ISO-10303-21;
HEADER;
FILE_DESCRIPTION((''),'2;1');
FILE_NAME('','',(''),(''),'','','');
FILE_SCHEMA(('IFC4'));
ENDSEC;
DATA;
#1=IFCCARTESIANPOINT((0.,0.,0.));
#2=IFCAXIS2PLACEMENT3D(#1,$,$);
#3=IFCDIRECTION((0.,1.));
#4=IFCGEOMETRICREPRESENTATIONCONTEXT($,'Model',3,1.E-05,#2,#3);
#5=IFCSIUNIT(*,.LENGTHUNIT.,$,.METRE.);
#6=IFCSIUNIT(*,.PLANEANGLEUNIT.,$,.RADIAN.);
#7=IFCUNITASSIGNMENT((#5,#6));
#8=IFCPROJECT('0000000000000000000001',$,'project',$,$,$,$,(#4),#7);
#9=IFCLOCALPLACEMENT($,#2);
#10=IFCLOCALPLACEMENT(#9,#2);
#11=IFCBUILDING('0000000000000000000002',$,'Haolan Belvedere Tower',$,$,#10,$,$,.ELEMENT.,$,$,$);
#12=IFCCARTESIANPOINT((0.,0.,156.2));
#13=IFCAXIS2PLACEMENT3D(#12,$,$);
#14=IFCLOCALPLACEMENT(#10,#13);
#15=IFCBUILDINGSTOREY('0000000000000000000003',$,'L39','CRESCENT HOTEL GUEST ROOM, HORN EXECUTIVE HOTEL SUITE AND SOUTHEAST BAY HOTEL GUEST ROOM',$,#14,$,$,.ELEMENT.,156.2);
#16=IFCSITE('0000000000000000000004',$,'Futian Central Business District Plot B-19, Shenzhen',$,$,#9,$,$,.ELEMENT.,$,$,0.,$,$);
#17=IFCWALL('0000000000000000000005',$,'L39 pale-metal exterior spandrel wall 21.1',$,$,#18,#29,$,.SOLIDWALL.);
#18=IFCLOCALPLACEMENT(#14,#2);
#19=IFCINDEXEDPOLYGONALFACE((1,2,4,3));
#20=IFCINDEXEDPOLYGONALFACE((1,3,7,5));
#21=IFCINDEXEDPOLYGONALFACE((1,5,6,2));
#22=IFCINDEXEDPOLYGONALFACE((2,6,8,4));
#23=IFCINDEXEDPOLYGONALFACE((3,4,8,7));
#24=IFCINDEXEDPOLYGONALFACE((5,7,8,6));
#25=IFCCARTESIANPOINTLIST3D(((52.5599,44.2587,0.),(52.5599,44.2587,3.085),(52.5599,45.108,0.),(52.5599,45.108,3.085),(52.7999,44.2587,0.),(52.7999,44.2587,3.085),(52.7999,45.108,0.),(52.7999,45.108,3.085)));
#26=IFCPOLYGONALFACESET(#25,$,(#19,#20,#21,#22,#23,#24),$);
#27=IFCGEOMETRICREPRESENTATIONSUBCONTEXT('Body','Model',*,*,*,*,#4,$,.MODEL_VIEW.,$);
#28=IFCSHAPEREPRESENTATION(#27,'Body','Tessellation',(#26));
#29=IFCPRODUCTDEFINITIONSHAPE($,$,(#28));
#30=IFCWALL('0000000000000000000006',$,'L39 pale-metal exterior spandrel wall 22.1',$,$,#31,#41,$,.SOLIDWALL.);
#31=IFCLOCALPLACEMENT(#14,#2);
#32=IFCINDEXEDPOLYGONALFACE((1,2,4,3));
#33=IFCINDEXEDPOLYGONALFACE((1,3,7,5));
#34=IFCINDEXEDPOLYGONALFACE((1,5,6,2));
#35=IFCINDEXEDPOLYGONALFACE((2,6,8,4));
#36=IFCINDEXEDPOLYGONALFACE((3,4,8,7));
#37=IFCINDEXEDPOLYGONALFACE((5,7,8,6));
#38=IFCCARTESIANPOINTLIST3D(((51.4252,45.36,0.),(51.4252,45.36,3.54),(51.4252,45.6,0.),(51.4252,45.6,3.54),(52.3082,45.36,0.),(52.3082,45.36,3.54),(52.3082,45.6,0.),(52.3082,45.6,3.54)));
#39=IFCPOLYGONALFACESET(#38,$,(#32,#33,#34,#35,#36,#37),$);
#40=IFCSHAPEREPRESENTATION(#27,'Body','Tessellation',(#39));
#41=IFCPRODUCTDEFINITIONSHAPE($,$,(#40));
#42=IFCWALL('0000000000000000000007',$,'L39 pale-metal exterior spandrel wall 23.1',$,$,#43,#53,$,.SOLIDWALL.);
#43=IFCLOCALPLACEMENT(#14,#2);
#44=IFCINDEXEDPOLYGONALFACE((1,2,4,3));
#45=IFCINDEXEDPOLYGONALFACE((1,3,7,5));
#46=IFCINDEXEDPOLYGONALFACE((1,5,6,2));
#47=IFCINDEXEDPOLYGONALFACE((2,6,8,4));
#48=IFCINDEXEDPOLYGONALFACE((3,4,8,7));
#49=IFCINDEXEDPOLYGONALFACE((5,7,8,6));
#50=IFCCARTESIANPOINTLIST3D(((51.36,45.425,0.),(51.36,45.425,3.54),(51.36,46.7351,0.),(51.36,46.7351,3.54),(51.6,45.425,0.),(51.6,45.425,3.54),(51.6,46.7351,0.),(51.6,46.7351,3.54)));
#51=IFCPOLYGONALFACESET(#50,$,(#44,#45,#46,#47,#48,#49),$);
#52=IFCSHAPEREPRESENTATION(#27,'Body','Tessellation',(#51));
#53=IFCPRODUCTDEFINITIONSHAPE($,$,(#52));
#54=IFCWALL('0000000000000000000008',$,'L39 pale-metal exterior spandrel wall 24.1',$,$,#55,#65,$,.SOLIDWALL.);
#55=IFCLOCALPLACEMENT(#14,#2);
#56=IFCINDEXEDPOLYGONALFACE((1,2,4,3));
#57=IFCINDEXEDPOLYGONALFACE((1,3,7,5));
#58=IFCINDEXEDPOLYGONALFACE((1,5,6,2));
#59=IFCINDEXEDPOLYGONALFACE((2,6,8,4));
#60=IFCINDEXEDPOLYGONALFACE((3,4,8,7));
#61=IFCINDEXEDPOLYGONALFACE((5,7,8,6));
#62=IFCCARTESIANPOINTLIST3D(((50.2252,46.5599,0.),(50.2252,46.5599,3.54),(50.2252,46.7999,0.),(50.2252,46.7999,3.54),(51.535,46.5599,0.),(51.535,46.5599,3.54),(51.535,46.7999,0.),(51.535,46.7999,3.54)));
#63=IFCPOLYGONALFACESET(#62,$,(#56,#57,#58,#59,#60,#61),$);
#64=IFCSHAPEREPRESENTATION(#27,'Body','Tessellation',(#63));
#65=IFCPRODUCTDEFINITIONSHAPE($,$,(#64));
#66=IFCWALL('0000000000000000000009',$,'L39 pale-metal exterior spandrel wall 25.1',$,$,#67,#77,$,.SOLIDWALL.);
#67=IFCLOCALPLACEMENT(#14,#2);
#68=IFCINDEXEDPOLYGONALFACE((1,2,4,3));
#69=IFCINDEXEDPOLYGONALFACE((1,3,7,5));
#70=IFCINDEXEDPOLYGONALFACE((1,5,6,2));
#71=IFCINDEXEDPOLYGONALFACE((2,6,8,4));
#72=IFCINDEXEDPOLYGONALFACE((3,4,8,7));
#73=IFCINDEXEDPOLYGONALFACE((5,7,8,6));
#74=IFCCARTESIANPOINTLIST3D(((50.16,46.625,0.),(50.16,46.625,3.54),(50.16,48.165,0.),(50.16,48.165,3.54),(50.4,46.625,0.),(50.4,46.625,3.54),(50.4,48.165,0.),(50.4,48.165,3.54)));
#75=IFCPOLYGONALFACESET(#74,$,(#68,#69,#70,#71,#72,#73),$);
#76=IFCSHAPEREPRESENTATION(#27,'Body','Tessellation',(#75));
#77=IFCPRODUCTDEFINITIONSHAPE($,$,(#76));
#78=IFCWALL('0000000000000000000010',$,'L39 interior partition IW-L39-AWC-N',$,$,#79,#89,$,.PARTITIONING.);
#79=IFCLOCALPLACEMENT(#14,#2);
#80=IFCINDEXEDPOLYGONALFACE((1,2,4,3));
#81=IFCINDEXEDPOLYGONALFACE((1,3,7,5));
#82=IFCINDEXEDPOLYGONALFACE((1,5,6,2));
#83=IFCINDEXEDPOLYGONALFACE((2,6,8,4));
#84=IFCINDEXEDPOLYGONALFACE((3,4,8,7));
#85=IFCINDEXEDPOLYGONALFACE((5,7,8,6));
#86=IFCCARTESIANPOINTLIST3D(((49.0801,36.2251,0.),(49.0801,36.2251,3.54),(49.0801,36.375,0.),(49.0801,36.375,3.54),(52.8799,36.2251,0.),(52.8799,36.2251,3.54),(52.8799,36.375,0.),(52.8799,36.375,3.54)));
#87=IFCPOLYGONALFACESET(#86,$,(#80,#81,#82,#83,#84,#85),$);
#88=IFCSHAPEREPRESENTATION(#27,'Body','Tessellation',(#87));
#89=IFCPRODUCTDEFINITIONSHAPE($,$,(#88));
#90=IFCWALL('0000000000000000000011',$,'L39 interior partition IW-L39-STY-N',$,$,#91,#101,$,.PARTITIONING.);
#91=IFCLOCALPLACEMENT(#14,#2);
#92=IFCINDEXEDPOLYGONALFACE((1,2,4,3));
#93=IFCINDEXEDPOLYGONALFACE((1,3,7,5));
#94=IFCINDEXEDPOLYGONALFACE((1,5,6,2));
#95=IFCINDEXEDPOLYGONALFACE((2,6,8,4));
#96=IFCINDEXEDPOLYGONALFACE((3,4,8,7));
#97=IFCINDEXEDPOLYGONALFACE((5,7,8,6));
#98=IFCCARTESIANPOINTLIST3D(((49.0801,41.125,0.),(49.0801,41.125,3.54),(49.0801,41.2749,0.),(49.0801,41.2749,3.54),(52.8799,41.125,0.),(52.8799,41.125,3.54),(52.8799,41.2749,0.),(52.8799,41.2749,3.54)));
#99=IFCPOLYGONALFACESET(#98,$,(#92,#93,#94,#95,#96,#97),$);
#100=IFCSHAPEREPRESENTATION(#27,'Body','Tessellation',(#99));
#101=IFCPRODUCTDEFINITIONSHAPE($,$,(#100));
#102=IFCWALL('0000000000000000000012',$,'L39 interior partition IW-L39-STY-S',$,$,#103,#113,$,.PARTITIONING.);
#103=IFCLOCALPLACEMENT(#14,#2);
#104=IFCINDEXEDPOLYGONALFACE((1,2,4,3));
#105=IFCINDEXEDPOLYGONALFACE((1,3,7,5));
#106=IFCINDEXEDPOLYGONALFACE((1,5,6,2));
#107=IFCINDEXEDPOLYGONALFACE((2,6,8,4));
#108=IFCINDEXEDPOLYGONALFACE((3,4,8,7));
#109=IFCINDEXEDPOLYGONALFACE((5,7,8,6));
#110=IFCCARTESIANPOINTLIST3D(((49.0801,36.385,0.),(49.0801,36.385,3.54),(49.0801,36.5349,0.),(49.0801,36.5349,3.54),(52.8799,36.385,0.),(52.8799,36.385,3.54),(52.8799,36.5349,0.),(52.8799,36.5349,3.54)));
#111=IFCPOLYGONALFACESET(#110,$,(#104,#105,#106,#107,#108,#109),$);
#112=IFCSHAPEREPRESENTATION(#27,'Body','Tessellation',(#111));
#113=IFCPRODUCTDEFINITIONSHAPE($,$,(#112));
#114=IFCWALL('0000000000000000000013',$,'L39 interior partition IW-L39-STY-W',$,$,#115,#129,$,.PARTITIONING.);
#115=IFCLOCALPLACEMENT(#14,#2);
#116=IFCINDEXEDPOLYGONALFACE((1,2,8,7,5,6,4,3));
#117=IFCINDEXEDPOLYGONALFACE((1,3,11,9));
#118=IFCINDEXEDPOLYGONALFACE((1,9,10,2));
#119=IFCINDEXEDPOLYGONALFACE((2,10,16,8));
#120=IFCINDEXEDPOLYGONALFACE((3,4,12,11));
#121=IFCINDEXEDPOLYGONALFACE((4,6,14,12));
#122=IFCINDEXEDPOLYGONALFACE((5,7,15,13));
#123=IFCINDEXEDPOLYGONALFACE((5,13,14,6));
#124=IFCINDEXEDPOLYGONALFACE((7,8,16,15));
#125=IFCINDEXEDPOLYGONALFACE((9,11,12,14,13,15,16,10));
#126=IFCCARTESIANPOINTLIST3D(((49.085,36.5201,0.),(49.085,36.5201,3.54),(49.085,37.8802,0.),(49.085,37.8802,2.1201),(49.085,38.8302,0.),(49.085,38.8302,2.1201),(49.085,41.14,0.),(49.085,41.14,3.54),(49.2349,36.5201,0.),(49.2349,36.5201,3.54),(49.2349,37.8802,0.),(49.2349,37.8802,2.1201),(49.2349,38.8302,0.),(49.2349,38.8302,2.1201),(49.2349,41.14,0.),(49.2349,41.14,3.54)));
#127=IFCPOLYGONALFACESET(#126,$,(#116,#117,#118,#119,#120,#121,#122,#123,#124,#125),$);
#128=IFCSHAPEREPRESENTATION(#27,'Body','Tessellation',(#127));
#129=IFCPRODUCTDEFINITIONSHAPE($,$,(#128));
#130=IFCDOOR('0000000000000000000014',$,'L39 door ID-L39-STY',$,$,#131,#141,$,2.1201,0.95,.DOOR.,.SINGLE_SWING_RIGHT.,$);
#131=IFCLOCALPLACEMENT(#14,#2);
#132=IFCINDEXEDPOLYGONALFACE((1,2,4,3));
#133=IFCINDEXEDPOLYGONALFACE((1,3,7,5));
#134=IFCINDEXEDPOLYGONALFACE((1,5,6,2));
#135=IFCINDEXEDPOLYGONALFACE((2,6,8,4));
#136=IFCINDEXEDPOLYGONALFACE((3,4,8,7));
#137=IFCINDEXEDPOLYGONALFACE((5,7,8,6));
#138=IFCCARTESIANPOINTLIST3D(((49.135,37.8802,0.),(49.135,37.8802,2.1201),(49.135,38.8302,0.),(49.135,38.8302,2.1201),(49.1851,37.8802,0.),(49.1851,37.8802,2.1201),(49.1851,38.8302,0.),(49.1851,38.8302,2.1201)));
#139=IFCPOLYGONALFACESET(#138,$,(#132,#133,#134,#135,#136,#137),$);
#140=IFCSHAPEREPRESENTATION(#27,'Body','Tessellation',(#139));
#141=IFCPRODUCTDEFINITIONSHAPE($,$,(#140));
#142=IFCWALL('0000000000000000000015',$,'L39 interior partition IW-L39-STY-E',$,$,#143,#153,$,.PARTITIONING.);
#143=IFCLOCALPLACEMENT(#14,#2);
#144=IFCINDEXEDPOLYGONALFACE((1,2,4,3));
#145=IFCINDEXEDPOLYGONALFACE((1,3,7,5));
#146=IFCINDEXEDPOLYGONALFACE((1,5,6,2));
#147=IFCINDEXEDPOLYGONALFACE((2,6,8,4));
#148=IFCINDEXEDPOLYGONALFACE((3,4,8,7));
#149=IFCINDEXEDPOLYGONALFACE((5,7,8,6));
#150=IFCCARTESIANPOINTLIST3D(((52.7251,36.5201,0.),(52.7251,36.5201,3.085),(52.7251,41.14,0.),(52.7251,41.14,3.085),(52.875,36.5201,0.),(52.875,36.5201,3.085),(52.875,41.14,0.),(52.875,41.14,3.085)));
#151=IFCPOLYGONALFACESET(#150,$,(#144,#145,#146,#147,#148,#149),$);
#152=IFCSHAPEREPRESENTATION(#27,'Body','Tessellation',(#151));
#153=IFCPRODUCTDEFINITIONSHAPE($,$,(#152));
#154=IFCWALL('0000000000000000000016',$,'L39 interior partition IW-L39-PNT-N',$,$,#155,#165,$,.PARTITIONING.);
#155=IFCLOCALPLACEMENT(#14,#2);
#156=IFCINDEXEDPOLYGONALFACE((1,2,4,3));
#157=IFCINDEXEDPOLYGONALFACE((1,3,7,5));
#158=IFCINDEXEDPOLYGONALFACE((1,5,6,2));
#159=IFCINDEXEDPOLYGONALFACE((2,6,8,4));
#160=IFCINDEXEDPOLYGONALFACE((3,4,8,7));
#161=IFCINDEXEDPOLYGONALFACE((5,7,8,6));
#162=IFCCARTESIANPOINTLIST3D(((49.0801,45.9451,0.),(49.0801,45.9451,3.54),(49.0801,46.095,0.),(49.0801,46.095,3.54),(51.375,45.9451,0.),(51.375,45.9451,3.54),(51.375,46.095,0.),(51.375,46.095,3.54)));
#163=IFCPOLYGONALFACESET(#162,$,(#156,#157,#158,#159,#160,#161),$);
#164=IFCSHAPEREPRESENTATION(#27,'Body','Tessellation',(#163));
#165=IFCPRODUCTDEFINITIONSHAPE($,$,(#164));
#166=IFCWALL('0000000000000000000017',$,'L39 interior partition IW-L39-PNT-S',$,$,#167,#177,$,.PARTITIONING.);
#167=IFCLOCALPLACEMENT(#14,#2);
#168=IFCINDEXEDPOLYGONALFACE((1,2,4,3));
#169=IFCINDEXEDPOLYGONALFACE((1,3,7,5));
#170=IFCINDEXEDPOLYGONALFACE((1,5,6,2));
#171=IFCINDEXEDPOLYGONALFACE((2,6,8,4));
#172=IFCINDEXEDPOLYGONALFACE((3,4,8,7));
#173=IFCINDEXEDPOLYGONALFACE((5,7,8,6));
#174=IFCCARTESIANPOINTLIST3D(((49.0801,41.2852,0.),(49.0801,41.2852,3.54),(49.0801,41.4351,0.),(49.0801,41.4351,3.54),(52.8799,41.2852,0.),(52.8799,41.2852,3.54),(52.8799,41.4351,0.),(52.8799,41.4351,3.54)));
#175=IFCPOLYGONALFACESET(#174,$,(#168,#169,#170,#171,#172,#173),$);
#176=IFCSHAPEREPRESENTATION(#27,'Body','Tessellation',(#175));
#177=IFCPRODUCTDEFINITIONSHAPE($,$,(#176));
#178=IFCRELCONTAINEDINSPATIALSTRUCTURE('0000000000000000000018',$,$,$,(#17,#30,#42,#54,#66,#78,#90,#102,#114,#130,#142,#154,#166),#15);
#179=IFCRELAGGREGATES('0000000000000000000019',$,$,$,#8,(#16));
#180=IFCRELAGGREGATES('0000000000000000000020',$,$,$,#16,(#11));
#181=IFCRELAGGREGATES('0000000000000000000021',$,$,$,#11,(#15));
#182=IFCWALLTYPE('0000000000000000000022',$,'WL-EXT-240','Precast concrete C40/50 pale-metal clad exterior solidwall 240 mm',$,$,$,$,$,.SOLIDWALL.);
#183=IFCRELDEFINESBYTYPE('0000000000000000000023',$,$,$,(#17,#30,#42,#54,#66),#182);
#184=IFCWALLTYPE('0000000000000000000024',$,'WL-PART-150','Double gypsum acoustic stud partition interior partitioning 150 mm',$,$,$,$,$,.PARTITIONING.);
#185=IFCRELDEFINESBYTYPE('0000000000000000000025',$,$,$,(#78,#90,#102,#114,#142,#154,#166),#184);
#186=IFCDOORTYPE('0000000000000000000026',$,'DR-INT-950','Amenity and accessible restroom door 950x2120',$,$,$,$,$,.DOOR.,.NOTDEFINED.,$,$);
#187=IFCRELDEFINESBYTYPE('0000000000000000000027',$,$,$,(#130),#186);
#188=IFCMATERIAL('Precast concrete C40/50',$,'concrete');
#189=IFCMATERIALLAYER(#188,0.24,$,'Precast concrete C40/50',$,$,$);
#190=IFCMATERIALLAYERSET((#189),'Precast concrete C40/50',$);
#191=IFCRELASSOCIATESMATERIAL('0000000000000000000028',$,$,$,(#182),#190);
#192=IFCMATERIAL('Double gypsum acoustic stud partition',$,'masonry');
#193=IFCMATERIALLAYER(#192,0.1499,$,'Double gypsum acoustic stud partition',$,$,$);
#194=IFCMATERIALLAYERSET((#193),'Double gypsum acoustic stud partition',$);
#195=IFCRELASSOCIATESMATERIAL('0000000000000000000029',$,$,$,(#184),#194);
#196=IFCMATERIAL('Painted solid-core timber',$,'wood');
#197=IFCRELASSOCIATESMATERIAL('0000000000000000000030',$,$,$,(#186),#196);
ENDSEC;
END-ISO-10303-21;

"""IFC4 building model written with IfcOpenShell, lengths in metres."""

from ifc_helpers import new_model, si_unit, direction, frame, frame_2d, origin, place, context, subcontext, project, spatial, rectangle, extrude, material, layer, layer_set, type_object, element, fill, save


model = new_model("IFC4")

# Units and contexts
model_context = context("Model", 3, precision=1e-05, world=origin(), true_north=direction((0.0, 1.0)))
body_context = subcontext(model_context, "Body", "Model", "MODEL_VIEW")
ifc_project = project(units=[si_unit("LENGTHUNIT", "METRE"), si_unit("PLANEANGLEUNIT", "RADIAN")], contexts=[model_context])

# Site, building, storey
site_placement = place(None, origin())
site = spatial("IfcSite", under=ifc_project, at=site_placement, Name="Futian Central Business District Plot B-19, Shenzhen", CompositionType="ELEMENT", RefElevation=0.0)
building_placement = place(site_placement, origin())
building = spatial("IfcBuilding", under=site, at=building_placement, Name="Haolan Belvedere Tower", CompositionType="ELEMENT")
storey_placement = place(building_placement, frame((0.0, 0.0, 156.2)))
storey = spatial("IfcBuildingStorey", under=building, at=storey_placement, Name="L39", Description="CRESCENT HOTEL GUEST ROOM, HORN EXECUTIVE HOTEL SUITE AND SOUTHEAST BAY HOTEL GUEST ROOM", CompositionType="ELEMENT", Elevation=156.2)

# Walls
ifc_material_1 = material(Name="Precast concrete C40/50", Category="concrete")
ifc_layer_1 = layer(ifc_material_1, 0.24, Name="Precast concrete C40/50")
ifc_layer_set_1 = layer_set([ifc_layer_1], Name="Precast concrete C40/50")
wall_type_1 = type_object("IfcWallType", Name="WL-EXT-240", Description="Precast concrete C40/50 pale-metal clad exterior solidwall 240 mm", PredefinedType="SOLIDWALL", material=ifc_layer_set_1)
wall_1_placement = place(storey_placement, frame((52.6799, 44.2585, 0.0), z_axis=(0.0, 0.0, 1.0), x_axis=(0.0, 1.0, 0.0)))
element("IfcWall", 1, at=wall_1_placement, inside=storey, type_object=wall_type_1, Name="L39 pale-metal exterior spandrel wall 21.1", PredefinedType="SOLIDWALL", context=body_context, shape_type="SweptSolid", body=[
    extrude(rectangle(XDim=0.8494, YDim=0.24, at=frame_2d((0.4248, 0.0))), origin(), (0.0, 0.0, 1.0), 3.085),
])
wall_2_placement = place(storey_placement, frame((52.3081, 45.48, 0.0), z_axis=(0.0, 0.0, 1.0), x_axis=(-1.0, 0.0, 0.0)))
element("IfcWall", 2, at=wall_2_placement, inside=storey, type_object=wall_type_1, Name="L39 pale-metal exterior spandrel wall 22.1", PredefinedType="SOLIDWALL", context=body_context, shape_type="SweptSolid", body=[
    extrude(rectangle(XDim=0.8831, YDim=0.24, at=frame_2d((0.4414, 0.0))), origin(), (0.0, 0.0, 1.0), 3.54),
])
wall_3_placement = place(storey_placement, frame((51.48, 45.425, 0.0), z_axis=(0.0, 0.0, 1.0), x_axis=(0.0, 1.0, 0.0)))
element("IfcWall", 3, at=wall_3_placement, inside=storey, type_object=wall_type_1, Name="L39 pale-metal exterior spandrel wall 23.1", PredefinedType="SOLIDWALL", context=body_context, shape_type="SweptSolid", body=[
    extrude(rectangle(XDim=1.3101, YDim=0.24, at=frame_2d((0.655, 0.0))), origin(), (0.0, 0.0, 1.0), 3.54),
])
wall_4_placement = place(storey_placement, frame((51.5349, 46.6799, 0.0), z_axis=(0.0, 0.0, 1.0), x_axis=(-1.0, 0.0, 0.0)))
element("IfcWall", 4, at=wall_4_placement, inside=storey, type_object=wall_type_1, Name="L39 pale-metal exterior spandrel wall 24.1", PredefinedType="SOLIDWALL", context=body_context, shape_type="SweptSolid", body=[
    extrude(rectangle(XDim=1.3098, YDim=0.24, at=frame_2d((0.6548, 0.0))), origin(), (0.0, 0.0, 1.0), 3.54),
])
wall_5_placement = place(storey_placement, frame((50.28, 46.625, 0.0), z_axis=(0.0, 0.0, 1.0), x_axis=(0.0, 1.0, 0.0)))
element("IfcWall", 5, at=wall_5_placement, inside=storey, type_object=wall_type_1, Name="L39 pale-metal exterior spandrel wall 25.1", PredefinedType="SOLIDWALL", context=body_context, shape_type="SweptSolid", body=[
    extrude(rectangle(XDim=1.54, YDim=0.24, at=frame_2d((0.77, 0.0))), origin(), (0.0, 0.0, 1.0), 3.54),
])
ifc_material_2 = material(Name="Double gypsum acoustic stud partition", Category="masonry")
ifc_layer_2 = layer(ifc_material_2, 0.1499, Name="Double gypsum acoustic stud partition")
ifc_layer_set_2 = layer_set([ifc_layer_2], Name="Double gypsum acoustic stud partition")
wall_type_2 = type_object("IfcWallType", Name="WL-PART-150", Description="Double gypsum acoustic stud partition interior partitioning 150 mm", PredefinedType="PARTITIONING", material=ifc_layer_set_2)
for number, where, z_axis, x_axis, name in (
    (6, (49.0801, 36.3, 0.0), (0.0, 0.0, 1.0), (1.0, 0.0, 0.0), "L39 interior partition IW-L39-AWC-N"),
    (7, (49.0801, 41.2, 0.0), (0.0, 0.0, 1.0), (1.0, 0.0, 0.0), "L39 interior partition IW-L39-STY-N"),
    (8, (49.0801, 36.46, 0.0), (0.0, 0.0, 1.0), (1.0, 0.0, 0.0), "L39 interior partition IW-L39-STY-S"),
):
    element("IfcWall", number, at=place(storey_placement, frame(where, z_axis=z_axis, x_axis=x_axis)), inside=storey, type_object=wall_type_2, Name=name, PredefinedType="PARTITIONING", context=body_context, shape_type="SweptSolid", body=[
        extrude(rectangle(XDim=3.7998, YDim=0.1499, at=frame_2d((1.8999, 0.0))), origin(), (0.0, 0.0, 1.0), 3.54),
    ])

# Wall, opening, door
wall_6_placement = place(storey_placement, frame((49.1599, 36.52, 0.0), z_axis=(0.0, 0.0, 1.0), x_axis=(0.0, 1.0, 0.0)))
wall_6 = element("IfcWall", 9, at=wall_6_placement, inside=storey, type_object=wall_type_2, Name="L39 interior partition IW-L39-STY-W", PredefinedType="PARTITIONING", context=body_context, shape_type="SweptSolid", body=[
    extrude(rectangle(XDim=4.6199, YDim=0.1499, at=frame_2d((2.3101, 0.0))), origin(), (0.0, 0.0, 1.0), 3.54),
])
opening_1_placement = place(wall_6_placement, frame((1.3601, 0.0, 0.0)))
opening_1 = element("IfcOpeningElement", 10, at=opening_1_placement, cuts=wall_6, PredefinedType="OPENING", context=body_context, shape_type="SweptSolid", body=[
    extrude(rectangle(XDim=0.95, YDim=2.1201, at=frame_2d((0.4751, 1.0601))), frame((0.0, 0.085, 0.0), z_axis=(0.0, -1.0, 0.0), x_axis=(1.0, 0.0, 0.0)), (0.0, 0.0, 1.0), 0.1699),
])
ifc_material_3 = material(Name="Painted solid-core timber", Category="wood")
door_type = type_object("IfcDoorType", Name="DR-INT-950", Description="Amenity and accessible restroom door 950x2120", OperationType="NOTDEFINED", PredefinedType="DOOR", material=ifc_material_3)
door_1_placement = place(opening_1_placement, origin())
door_1 = element("IfcDoor", 11, at=door_1_placement, inside=storey, type_object=door_type, Name="L39 door ID-L39-STY", OperationType="SINGLE_SWING_RIGHT", OverallHeight=2.1201, OverallWidth=0.95, PredefinedType="DOOR", context=body_context, shape_type="SweptSolid", body=[
    extrude(rectangle(XDim=0.95, YDim=2.1201, at=frame_2d((0.4751, 1.0601))), frame((0.0, 0.0249, 0.0), z_axis=(0.0, -1.0, 0.0), x_axis=(1.0, 0.0, 0.0)), (0.0, 0.0, 1.0), 0.05),
])
fill(opening_1, door_1)

# Walls
wall_7_placement = place(storey_placement, frame((52.8, 36.52, 0.0), z_axis=(0.0, 0.0, 1.0), x_axis=(0.0, 1.0, 0.0)))
element("IfcWall", 12, at=wall_7_placement, inside=storey, type_object=wall_type_2, Name="L39 interior partition IW-L39-STY-E", PredefinedType="PARTITIONING", context=body_context, shape_type="SweptSolid", body=[
    extrude(rectangle(XDim=4.6199, YDim=0.1499, at=frame_2d((2.3101, 0.0))), origin(), (0.0, 0.0, 1.0), 3.085),
])
wall_8_placement = place(storey_placement, frame((49.0801, 46.02, 0.0), z_axis=(0.0, 0.0, 1.0), x_axis=(1.0, 0.0, 0.0)))
element("IfcWall", 13, at=wall_8_placement, inside=storey, type_object=wall_type_2, Name="L39 interior partition IW-L39-PNT-N", PredefinedType="PARTITIONING", context=body_context, shape_type="SweptSolid", body=[
    extrude(rectangle(XDim=2.2949, YDim=0.1499, at=frame_2d((1.1475, 0.0))), origin(), (0.0, 0.0, 1.0), 3.54),
])
wall_9_placement = place(storey_placement, frame((49.0801, 41.3601, 0.0), z_axis=(0.0, 0.0, 1.0), x_axis=(1.0, 0.0, 0.0)))
element("IfcWall", 14, at=wall_9_placement, inside=storey, type_object=wall_type_2, Name="L39 interior partition IW-L39-PNT-S", PredefinedType="PARTITIONING", context=body_context, shape_type="SweptSolid", body=[
    extrude(rectangle(XDim=3.7998, YDim=0.1499, at=frame_2d((1.8999, 0.0))), origin(), (0.0, 0.0, 1.0), 3.54),
])

save(model, "model.ifc")
